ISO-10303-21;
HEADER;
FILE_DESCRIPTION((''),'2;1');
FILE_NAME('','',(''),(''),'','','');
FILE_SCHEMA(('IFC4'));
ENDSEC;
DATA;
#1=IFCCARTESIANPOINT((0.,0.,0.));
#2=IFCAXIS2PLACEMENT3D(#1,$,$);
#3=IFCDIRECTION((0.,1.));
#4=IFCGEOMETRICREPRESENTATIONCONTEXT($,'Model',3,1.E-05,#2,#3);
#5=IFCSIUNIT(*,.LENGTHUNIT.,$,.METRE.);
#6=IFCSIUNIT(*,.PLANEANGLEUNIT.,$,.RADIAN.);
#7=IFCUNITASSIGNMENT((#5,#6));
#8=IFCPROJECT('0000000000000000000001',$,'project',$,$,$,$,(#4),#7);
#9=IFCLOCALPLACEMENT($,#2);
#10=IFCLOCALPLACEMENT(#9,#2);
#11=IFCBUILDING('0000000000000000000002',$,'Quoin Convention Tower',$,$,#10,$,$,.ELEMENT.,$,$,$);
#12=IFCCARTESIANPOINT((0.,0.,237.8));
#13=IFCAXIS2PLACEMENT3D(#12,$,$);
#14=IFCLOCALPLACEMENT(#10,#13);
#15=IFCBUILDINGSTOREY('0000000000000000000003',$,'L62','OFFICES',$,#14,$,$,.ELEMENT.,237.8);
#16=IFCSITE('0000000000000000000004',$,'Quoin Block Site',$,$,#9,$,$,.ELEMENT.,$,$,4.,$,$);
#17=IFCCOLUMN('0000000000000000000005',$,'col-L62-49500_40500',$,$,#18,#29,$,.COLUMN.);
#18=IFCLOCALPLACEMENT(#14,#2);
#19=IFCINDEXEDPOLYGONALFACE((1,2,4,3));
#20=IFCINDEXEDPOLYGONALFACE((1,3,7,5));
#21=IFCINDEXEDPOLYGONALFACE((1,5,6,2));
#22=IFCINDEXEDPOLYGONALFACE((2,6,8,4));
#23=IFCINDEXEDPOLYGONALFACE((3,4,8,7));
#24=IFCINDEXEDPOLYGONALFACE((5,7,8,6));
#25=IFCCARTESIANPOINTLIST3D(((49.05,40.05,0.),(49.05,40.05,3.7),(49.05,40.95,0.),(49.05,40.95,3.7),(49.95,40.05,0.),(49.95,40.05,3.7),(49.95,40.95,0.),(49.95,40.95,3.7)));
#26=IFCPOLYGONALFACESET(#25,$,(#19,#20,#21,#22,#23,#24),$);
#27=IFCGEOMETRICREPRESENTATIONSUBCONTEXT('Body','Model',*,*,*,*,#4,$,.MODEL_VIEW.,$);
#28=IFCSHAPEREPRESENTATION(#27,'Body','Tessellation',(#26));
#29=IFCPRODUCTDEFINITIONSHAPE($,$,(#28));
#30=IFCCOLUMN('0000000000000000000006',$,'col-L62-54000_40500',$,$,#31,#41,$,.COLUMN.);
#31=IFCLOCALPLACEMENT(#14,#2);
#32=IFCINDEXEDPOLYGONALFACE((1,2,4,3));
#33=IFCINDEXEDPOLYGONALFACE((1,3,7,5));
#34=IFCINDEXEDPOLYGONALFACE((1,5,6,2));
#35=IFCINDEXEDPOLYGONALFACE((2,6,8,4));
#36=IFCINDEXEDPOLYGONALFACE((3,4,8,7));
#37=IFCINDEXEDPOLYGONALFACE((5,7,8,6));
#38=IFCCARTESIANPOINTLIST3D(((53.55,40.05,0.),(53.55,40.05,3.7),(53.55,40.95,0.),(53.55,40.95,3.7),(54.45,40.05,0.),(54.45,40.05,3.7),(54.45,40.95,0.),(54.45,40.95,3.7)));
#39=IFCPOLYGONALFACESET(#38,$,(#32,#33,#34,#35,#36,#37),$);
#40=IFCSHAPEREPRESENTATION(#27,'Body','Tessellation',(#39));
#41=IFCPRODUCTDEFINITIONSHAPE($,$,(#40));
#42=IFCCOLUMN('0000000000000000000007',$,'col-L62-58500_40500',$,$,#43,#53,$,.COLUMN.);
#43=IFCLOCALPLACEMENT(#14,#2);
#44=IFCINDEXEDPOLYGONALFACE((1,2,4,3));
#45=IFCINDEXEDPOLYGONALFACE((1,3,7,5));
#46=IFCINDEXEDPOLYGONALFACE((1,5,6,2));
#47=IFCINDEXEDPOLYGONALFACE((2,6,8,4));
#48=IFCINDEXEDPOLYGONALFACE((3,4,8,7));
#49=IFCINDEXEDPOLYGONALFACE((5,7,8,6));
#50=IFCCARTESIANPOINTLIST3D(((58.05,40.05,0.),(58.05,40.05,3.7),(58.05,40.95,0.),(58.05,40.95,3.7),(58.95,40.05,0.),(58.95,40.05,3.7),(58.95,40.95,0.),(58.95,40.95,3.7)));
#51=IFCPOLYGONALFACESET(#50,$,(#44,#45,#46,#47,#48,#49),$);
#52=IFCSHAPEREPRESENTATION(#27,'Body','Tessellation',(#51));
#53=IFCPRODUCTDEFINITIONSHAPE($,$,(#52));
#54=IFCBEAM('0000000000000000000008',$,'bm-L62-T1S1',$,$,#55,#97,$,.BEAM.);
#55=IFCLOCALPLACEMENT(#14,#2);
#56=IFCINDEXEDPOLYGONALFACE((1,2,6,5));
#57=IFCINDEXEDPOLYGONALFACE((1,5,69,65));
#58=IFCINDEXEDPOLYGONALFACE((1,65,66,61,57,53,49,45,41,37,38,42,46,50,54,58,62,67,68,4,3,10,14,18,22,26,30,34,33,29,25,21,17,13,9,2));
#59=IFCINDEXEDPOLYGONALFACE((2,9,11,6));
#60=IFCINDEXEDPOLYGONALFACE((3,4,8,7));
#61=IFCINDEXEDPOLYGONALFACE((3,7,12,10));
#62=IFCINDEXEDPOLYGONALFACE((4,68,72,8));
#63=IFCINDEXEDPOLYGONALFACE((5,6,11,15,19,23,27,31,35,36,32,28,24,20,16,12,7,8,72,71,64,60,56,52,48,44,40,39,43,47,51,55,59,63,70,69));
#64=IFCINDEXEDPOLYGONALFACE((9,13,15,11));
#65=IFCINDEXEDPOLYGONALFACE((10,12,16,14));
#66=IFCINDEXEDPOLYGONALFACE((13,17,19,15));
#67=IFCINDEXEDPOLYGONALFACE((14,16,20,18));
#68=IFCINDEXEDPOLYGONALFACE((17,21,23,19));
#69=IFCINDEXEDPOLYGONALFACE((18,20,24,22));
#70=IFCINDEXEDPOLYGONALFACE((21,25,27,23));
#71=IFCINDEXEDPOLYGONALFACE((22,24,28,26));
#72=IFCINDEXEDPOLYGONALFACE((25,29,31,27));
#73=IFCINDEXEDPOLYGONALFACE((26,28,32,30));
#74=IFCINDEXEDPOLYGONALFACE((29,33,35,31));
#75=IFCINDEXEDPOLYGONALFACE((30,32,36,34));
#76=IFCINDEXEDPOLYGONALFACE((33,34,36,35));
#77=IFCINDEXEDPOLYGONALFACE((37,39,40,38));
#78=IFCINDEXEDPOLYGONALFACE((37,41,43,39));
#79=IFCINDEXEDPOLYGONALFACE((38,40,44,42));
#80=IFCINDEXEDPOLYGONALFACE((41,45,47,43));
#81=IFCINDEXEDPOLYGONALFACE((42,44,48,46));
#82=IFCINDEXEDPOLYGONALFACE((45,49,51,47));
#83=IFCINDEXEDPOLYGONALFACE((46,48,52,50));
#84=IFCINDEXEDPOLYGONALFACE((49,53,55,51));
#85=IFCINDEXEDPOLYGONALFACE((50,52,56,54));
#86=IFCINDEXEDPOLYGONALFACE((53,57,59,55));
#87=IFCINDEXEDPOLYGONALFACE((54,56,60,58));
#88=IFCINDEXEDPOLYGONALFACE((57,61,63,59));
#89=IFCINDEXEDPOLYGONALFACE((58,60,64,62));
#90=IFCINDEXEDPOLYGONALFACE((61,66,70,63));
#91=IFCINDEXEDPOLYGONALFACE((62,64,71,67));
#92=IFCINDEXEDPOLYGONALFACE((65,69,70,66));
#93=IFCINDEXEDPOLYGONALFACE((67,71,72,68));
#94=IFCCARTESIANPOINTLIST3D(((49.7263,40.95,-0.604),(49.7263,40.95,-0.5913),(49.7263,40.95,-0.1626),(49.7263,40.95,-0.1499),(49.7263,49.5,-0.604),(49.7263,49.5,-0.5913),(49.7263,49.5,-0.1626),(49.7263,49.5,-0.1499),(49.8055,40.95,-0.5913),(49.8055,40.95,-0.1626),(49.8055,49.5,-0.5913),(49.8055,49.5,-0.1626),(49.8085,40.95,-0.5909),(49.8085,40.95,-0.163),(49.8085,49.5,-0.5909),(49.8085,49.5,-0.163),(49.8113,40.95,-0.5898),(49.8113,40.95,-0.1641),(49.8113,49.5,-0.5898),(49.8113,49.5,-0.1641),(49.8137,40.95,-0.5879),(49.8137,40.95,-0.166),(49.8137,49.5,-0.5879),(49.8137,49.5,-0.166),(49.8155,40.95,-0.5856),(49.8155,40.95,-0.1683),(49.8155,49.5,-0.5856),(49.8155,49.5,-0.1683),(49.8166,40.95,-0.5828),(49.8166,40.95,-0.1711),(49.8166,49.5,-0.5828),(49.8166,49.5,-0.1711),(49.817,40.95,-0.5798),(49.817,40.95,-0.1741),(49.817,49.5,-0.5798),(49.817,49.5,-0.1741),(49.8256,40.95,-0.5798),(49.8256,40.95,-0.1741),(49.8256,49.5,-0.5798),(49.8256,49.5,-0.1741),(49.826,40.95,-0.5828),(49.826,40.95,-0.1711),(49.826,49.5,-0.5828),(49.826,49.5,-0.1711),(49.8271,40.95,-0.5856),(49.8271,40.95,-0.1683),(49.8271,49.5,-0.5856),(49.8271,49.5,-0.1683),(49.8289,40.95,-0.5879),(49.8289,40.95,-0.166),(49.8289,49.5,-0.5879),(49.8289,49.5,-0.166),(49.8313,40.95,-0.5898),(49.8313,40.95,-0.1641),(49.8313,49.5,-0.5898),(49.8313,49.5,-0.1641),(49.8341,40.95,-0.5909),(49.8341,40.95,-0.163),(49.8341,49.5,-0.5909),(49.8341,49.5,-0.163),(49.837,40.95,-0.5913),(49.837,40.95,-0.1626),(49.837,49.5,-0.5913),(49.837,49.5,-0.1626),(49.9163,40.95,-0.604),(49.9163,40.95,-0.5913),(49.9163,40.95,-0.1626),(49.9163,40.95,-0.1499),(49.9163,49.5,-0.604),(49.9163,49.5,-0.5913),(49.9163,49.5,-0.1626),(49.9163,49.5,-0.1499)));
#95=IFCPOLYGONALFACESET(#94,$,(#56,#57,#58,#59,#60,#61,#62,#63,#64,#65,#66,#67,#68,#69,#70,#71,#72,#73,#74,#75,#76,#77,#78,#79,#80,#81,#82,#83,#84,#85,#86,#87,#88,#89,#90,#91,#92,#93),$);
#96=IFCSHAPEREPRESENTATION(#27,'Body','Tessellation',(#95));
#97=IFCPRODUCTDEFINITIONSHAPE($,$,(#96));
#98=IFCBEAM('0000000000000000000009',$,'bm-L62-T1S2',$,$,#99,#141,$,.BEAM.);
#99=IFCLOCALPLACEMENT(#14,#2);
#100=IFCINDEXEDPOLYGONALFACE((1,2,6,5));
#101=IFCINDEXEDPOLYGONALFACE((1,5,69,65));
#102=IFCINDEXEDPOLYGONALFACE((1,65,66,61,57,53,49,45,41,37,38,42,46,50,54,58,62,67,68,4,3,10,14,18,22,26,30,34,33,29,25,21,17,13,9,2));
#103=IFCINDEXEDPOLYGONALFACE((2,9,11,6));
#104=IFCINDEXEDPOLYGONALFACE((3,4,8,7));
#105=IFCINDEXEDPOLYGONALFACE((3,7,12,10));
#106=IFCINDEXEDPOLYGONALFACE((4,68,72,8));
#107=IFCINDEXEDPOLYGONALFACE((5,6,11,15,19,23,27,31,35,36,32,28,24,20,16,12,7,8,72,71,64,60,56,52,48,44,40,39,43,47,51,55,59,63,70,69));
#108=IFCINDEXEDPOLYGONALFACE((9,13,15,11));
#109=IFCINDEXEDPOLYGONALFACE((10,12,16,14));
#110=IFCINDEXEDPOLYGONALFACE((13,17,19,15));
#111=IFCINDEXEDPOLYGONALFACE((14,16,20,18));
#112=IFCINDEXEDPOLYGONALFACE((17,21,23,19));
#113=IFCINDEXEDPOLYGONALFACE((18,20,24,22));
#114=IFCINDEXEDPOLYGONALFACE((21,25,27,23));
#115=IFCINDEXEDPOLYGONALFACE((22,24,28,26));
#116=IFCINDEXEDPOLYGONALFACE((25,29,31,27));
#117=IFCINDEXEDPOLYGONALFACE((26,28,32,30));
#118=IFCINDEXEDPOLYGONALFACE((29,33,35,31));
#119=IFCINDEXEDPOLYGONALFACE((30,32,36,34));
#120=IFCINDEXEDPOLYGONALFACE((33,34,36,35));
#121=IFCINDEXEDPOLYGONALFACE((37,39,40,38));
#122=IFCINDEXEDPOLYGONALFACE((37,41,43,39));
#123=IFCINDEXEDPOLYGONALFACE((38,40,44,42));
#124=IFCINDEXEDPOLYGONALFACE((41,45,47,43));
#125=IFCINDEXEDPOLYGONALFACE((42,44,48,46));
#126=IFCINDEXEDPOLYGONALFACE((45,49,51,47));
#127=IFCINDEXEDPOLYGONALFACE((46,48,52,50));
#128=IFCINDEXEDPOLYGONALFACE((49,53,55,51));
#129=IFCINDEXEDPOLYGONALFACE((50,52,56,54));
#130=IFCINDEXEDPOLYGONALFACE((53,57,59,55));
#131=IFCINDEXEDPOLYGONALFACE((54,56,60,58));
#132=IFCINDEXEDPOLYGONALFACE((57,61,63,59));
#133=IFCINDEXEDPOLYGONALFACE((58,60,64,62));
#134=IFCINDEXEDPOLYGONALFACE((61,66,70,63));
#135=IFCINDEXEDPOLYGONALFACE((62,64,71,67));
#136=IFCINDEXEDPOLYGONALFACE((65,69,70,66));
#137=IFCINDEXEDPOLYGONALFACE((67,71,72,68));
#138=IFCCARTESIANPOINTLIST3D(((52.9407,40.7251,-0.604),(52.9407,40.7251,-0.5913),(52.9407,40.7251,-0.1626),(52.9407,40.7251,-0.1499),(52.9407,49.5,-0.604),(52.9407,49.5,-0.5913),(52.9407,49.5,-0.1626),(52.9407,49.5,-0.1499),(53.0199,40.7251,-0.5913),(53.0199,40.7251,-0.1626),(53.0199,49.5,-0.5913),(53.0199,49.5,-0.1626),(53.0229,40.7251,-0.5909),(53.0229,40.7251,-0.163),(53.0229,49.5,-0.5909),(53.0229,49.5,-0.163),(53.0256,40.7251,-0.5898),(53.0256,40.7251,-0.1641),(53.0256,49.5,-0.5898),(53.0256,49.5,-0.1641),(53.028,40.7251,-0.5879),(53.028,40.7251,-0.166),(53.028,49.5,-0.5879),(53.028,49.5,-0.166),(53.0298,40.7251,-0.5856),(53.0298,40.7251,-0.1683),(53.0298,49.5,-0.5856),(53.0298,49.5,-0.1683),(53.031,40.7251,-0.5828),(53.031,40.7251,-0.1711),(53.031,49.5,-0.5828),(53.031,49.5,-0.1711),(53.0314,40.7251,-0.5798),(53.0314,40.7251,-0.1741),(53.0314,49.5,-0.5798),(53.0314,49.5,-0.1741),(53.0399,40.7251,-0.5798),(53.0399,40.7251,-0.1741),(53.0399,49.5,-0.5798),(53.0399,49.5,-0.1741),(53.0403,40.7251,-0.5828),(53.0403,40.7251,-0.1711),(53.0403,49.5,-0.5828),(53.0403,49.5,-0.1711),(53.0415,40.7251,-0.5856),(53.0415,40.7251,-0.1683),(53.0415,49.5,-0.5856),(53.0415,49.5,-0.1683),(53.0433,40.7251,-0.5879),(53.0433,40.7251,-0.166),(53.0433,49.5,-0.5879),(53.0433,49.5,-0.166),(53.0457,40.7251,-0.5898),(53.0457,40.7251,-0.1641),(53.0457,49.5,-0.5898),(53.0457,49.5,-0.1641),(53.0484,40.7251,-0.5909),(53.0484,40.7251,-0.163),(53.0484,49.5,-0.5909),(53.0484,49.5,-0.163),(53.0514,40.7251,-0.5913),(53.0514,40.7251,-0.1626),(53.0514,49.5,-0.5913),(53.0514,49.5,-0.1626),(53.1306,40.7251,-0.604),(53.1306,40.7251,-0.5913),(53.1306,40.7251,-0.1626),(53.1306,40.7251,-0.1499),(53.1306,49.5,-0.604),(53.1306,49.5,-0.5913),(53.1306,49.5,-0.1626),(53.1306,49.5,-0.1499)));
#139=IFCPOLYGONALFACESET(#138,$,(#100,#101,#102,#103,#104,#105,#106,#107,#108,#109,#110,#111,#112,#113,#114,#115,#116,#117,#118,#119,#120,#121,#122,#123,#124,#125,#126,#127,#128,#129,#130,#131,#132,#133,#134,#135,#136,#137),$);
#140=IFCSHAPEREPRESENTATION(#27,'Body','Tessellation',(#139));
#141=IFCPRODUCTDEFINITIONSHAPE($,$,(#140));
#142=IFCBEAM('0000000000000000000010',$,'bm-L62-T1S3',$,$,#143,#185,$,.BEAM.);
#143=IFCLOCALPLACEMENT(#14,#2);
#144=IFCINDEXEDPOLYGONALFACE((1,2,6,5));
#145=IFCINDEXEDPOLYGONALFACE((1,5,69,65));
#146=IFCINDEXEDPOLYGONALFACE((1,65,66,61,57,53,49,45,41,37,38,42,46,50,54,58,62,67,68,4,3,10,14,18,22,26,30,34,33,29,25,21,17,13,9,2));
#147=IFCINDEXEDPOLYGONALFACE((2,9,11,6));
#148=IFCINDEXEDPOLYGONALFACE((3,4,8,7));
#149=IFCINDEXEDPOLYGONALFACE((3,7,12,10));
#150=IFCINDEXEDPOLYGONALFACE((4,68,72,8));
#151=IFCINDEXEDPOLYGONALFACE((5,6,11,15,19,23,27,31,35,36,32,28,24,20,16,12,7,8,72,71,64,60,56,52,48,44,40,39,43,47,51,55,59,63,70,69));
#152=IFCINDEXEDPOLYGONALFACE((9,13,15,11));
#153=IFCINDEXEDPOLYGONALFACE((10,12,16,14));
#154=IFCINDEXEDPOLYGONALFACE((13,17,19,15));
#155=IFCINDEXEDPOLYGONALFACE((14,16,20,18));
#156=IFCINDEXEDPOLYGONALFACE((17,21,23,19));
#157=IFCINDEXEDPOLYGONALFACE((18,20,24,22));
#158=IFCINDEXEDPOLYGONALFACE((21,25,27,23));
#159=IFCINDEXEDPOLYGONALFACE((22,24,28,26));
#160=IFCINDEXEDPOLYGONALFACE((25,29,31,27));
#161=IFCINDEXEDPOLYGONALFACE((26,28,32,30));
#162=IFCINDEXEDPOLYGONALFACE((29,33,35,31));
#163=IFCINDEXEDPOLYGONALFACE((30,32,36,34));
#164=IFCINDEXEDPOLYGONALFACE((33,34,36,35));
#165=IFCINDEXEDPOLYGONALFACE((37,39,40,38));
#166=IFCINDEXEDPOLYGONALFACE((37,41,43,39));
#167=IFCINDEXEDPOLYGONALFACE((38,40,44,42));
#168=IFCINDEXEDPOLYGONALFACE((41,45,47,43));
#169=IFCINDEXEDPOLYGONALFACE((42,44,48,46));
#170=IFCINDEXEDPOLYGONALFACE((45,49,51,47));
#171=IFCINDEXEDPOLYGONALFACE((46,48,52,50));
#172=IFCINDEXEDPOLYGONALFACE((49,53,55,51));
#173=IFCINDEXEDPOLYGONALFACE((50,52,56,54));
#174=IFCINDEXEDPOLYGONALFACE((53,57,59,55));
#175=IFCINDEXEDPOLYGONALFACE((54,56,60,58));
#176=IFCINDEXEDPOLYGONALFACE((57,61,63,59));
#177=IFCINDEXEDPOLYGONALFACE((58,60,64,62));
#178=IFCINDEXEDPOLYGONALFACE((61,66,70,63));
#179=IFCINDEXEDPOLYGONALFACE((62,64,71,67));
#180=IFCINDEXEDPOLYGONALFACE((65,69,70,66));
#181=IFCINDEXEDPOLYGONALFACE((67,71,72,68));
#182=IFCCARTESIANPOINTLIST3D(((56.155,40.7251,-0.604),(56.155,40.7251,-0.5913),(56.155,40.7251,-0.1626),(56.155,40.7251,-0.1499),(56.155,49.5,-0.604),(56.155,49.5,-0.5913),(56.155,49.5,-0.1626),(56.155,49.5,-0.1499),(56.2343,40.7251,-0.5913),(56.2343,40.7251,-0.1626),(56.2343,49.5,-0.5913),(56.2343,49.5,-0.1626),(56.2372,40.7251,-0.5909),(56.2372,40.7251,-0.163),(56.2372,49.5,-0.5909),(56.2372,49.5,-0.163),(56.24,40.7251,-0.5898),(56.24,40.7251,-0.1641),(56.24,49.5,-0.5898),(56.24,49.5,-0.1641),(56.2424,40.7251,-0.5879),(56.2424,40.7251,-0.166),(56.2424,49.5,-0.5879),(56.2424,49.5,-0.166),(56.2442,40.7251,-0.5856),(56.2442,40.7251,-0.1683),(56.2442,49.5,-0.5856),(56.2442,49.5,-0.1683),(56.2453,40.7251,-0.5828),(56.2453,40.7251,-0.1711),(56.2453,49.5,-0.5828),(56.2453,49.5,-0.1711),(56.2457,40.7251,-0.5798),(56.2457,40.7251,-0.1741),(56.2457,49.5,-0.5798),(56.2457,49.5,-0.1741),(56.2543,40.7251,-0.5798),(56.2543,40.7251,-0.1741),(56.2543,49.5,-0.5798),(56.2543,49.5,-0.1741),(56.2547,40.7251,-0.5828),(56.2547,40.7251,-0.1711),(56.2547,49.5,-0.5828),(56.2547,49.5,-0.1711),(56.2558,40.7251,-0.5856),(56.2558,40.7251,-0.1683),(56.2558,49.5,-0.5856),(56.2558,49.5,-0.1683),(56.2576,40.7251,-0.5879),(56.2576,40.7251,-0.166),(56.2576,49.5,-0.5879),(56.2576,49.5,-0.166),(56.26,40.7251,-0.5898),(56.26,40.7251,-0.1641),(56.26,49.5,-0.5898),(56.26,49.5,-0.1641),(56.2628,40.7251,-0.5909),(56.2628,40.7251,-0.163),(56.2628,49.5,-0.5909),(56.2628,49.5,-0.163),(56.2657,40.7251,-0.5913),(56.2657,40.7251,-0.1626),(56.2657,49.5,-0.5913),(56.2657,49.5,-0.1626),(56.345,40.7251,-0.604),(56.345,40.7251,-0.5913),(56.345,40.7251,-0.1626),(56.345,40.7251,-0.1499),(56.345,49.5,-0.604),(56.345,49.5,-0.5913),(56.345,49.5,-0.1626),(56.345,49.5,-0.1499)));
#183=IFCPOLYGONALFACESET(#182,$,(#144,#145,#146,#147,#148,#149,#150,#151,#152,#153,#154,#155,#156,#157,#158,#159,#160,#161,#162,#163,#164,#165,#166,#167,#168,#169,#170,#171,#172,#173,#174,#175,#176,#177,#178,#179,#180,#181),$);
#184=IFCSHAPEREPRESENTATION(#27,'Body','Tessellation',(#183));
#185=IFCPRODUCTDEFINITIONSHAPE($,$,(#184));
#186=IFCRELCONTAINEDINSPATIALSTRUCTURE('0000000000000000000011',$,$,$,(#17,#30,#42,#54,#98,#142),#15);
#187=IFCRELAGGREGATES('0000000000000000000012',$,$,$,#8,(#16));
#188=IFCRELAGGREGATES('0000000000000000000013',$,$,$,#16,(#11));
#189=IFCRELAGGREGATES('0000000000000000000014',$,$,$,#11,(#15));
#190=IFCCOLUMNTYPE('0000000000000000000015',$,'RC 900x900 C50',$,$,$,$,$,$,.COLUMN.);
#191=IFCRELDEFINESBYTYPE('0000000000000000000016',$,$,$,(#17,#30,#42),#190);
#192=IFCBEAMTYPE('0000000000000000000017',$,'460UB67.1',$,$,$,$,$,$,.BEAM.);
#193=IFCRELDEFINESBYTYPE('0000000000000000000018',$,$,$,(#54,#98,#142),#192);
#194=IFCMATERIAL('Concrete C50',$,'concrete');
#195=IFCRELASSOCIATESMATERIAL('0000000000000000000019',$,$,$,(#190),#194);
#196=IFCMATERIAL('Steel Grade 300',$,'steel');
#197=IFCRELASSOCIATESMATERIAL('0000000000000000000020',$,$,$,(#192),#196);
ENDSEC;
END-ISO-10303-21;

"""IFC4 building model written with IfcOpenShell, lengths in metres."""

from ifc_helpers import new_model, si_unit, direction, frame, origin, origin_2d, place, context, subcontext, project, spatial, rectangle, i_section, extrude, material, material_profile, profile_set, type_object, element, save


model = new_model("IFC4")

# Units and contexts
model_context = context("Model", 3, precision=1e-05, world=origin(), true_north=direction((0.0, 1.0)))
body_context = subcontext(model_context, "Body", "Model", "MODEL_VIEW")
ifc_project = project(units=[si_unit("LENGTHUNIT", "METRE"), si_unit("PLANEANGLEUNIT", "RADIAN")], contexts=[model_context])

# Site, building, storey
site_placement = place(None, origin())
site = spatial("IfcSite", under=ifc_project, at=site_placement, Name="Quoin Block Site", CompositionType="ELEMENT", RefElevation=4.0)
building_placement = place(site_placement, origin())
building = spatial("IfcBuilding", under=site, at=building_placement, Name="Quoin Convention Tower", CompositionType="ELEMENT")
storey_placement = place(building_placement, frame((0.0, 0.0, 237.8)))
storey = spatial("IfcBuildingStorey", under=building, at=storey_placement, Name="L62", Description="OFFICES", CompositionType="ELEMENT", Elevation=237.8)

# Columns
ifc_material_1 = material(Name="Concrete C50", Category="concrete")
ifc_material_profile_1 = material_profile(ifc_material_1, rectangle(XDim=0.8999, YDim=0.8999, at=origin_2d()), Name="RC 900x900")
ifc_profile_set_1 = profile_set([ifc_material_profile_1], Name="Concrete C50")
column_type = type_object("IfcColumnType", Name="RC 900x900 C50", PredefinedType="COLUMN", material=ifc_profile_set_1)
for number, where, z_axis, x_axis, name in (
    (1, (49.5, 40.5, 0.0), (0.0, 0.0, 1.0), (1.0, 0.0, 0.0), "col-L62-49500_40500"),
    (2, (54.0, 40.5, 0.0), (0.0, 0.0, 1.0), (1.0, 0.0, 0.0), "col-L62-54000_40500"),
    (3, (58.5, 40.5, 0.0), (0.0, 0.0, 1.0), (1.0, 0.0, 0.0), "col-L62-58500_40500"),
):
    element("IfcColumn", number, at=place(storey_placement, frame(where, z_axis=z_axis, x_axis=x_axis)), inside=storey, type_object=column_type, Name=name, PredefinedType="COLUMN", context=body_context, shape_type="SweptSolid", body=[
        extrude(rectangle(XDim=0.8999, YDim=0.8999, at=origin_2d()), origin(), (0.0, 0.0, 1.0), 3.7),
    ])

# Beams
ifc_material_2 = material(Name="Steel Grade 300", Category="steel")
ifc_material_profile_2 = material_profile(ifc_material_2, i_section(OverallWidth=0.1899, OverallDepth=0.4541, WebThickness=0.0085, FlangeThickness=0.0127, FilletRadius=0.0115, at=origin_2d()), Name="460UB67.1")
ifc_profile_set_2 = profile_set([ifc_material_profile_2], Name="Steel Grade 300")
beam_type_1 = type_object("IfcBeamType", Name="460UB67.1", PredefinedType="BEAM", material=ifc_profile_set_2)
beam_placement = place(storey_placement, frame((49.8213, 40.95, -0.377), z_axis=(0.0, 1.0, 0.0), x_axis=(-1.0, 0.0, 0.0)))
element("IfcBeam", 4, at=beam_placement, inside=storey, type_object=beam_type_1, Name="bm-L62-T1S1", PredefinedType="BEAM", context=body_context, shape_type="SweptSolid", body=[
    extrude(i_section(OverallWidth=0.1899, OverallDepth=0.4541, WebThickness=0.0085, FlangeThickness=0.0127, FilletRadius=0.0115, at=origin_2d()), origin(), (0.0, 0.0, 1.0), 8.55),
])
for number, where, z_axis, x_axis, name in (
    (5, (53.0356, 40.7251, -0.377), (0.0, 1.0, 0.0), (-1.0, 0.0, 0.0), "bm-L62-T1S2"),
    (6, (56.25, 40.7251, -0.377), (0.0, 1.0, 0.0), (-1.0, 0.0, 0.0), "bm-L62-T1S3"),
):
    element("IfcBeam", number, at=place(storey_placement, frame(where, z_axis=z_axis, x_axis=x_axis)), inside=storey, type_object=beam_type_1, Name=name, PredefinedType="BEAM", context=body_context, shape_type="SweptSolid", body=[
        extrude(i_section(OverallWidth=0.1899, OverallDepth=0.4541, WebThickness=0.0085, FlangeThickness=0.0127, FilletRadius=0.0115, at=origin_2d()), origin(), (0.0, 0.0, 1.0), 8.7749),
    ])

save(model, "model.ifc")
